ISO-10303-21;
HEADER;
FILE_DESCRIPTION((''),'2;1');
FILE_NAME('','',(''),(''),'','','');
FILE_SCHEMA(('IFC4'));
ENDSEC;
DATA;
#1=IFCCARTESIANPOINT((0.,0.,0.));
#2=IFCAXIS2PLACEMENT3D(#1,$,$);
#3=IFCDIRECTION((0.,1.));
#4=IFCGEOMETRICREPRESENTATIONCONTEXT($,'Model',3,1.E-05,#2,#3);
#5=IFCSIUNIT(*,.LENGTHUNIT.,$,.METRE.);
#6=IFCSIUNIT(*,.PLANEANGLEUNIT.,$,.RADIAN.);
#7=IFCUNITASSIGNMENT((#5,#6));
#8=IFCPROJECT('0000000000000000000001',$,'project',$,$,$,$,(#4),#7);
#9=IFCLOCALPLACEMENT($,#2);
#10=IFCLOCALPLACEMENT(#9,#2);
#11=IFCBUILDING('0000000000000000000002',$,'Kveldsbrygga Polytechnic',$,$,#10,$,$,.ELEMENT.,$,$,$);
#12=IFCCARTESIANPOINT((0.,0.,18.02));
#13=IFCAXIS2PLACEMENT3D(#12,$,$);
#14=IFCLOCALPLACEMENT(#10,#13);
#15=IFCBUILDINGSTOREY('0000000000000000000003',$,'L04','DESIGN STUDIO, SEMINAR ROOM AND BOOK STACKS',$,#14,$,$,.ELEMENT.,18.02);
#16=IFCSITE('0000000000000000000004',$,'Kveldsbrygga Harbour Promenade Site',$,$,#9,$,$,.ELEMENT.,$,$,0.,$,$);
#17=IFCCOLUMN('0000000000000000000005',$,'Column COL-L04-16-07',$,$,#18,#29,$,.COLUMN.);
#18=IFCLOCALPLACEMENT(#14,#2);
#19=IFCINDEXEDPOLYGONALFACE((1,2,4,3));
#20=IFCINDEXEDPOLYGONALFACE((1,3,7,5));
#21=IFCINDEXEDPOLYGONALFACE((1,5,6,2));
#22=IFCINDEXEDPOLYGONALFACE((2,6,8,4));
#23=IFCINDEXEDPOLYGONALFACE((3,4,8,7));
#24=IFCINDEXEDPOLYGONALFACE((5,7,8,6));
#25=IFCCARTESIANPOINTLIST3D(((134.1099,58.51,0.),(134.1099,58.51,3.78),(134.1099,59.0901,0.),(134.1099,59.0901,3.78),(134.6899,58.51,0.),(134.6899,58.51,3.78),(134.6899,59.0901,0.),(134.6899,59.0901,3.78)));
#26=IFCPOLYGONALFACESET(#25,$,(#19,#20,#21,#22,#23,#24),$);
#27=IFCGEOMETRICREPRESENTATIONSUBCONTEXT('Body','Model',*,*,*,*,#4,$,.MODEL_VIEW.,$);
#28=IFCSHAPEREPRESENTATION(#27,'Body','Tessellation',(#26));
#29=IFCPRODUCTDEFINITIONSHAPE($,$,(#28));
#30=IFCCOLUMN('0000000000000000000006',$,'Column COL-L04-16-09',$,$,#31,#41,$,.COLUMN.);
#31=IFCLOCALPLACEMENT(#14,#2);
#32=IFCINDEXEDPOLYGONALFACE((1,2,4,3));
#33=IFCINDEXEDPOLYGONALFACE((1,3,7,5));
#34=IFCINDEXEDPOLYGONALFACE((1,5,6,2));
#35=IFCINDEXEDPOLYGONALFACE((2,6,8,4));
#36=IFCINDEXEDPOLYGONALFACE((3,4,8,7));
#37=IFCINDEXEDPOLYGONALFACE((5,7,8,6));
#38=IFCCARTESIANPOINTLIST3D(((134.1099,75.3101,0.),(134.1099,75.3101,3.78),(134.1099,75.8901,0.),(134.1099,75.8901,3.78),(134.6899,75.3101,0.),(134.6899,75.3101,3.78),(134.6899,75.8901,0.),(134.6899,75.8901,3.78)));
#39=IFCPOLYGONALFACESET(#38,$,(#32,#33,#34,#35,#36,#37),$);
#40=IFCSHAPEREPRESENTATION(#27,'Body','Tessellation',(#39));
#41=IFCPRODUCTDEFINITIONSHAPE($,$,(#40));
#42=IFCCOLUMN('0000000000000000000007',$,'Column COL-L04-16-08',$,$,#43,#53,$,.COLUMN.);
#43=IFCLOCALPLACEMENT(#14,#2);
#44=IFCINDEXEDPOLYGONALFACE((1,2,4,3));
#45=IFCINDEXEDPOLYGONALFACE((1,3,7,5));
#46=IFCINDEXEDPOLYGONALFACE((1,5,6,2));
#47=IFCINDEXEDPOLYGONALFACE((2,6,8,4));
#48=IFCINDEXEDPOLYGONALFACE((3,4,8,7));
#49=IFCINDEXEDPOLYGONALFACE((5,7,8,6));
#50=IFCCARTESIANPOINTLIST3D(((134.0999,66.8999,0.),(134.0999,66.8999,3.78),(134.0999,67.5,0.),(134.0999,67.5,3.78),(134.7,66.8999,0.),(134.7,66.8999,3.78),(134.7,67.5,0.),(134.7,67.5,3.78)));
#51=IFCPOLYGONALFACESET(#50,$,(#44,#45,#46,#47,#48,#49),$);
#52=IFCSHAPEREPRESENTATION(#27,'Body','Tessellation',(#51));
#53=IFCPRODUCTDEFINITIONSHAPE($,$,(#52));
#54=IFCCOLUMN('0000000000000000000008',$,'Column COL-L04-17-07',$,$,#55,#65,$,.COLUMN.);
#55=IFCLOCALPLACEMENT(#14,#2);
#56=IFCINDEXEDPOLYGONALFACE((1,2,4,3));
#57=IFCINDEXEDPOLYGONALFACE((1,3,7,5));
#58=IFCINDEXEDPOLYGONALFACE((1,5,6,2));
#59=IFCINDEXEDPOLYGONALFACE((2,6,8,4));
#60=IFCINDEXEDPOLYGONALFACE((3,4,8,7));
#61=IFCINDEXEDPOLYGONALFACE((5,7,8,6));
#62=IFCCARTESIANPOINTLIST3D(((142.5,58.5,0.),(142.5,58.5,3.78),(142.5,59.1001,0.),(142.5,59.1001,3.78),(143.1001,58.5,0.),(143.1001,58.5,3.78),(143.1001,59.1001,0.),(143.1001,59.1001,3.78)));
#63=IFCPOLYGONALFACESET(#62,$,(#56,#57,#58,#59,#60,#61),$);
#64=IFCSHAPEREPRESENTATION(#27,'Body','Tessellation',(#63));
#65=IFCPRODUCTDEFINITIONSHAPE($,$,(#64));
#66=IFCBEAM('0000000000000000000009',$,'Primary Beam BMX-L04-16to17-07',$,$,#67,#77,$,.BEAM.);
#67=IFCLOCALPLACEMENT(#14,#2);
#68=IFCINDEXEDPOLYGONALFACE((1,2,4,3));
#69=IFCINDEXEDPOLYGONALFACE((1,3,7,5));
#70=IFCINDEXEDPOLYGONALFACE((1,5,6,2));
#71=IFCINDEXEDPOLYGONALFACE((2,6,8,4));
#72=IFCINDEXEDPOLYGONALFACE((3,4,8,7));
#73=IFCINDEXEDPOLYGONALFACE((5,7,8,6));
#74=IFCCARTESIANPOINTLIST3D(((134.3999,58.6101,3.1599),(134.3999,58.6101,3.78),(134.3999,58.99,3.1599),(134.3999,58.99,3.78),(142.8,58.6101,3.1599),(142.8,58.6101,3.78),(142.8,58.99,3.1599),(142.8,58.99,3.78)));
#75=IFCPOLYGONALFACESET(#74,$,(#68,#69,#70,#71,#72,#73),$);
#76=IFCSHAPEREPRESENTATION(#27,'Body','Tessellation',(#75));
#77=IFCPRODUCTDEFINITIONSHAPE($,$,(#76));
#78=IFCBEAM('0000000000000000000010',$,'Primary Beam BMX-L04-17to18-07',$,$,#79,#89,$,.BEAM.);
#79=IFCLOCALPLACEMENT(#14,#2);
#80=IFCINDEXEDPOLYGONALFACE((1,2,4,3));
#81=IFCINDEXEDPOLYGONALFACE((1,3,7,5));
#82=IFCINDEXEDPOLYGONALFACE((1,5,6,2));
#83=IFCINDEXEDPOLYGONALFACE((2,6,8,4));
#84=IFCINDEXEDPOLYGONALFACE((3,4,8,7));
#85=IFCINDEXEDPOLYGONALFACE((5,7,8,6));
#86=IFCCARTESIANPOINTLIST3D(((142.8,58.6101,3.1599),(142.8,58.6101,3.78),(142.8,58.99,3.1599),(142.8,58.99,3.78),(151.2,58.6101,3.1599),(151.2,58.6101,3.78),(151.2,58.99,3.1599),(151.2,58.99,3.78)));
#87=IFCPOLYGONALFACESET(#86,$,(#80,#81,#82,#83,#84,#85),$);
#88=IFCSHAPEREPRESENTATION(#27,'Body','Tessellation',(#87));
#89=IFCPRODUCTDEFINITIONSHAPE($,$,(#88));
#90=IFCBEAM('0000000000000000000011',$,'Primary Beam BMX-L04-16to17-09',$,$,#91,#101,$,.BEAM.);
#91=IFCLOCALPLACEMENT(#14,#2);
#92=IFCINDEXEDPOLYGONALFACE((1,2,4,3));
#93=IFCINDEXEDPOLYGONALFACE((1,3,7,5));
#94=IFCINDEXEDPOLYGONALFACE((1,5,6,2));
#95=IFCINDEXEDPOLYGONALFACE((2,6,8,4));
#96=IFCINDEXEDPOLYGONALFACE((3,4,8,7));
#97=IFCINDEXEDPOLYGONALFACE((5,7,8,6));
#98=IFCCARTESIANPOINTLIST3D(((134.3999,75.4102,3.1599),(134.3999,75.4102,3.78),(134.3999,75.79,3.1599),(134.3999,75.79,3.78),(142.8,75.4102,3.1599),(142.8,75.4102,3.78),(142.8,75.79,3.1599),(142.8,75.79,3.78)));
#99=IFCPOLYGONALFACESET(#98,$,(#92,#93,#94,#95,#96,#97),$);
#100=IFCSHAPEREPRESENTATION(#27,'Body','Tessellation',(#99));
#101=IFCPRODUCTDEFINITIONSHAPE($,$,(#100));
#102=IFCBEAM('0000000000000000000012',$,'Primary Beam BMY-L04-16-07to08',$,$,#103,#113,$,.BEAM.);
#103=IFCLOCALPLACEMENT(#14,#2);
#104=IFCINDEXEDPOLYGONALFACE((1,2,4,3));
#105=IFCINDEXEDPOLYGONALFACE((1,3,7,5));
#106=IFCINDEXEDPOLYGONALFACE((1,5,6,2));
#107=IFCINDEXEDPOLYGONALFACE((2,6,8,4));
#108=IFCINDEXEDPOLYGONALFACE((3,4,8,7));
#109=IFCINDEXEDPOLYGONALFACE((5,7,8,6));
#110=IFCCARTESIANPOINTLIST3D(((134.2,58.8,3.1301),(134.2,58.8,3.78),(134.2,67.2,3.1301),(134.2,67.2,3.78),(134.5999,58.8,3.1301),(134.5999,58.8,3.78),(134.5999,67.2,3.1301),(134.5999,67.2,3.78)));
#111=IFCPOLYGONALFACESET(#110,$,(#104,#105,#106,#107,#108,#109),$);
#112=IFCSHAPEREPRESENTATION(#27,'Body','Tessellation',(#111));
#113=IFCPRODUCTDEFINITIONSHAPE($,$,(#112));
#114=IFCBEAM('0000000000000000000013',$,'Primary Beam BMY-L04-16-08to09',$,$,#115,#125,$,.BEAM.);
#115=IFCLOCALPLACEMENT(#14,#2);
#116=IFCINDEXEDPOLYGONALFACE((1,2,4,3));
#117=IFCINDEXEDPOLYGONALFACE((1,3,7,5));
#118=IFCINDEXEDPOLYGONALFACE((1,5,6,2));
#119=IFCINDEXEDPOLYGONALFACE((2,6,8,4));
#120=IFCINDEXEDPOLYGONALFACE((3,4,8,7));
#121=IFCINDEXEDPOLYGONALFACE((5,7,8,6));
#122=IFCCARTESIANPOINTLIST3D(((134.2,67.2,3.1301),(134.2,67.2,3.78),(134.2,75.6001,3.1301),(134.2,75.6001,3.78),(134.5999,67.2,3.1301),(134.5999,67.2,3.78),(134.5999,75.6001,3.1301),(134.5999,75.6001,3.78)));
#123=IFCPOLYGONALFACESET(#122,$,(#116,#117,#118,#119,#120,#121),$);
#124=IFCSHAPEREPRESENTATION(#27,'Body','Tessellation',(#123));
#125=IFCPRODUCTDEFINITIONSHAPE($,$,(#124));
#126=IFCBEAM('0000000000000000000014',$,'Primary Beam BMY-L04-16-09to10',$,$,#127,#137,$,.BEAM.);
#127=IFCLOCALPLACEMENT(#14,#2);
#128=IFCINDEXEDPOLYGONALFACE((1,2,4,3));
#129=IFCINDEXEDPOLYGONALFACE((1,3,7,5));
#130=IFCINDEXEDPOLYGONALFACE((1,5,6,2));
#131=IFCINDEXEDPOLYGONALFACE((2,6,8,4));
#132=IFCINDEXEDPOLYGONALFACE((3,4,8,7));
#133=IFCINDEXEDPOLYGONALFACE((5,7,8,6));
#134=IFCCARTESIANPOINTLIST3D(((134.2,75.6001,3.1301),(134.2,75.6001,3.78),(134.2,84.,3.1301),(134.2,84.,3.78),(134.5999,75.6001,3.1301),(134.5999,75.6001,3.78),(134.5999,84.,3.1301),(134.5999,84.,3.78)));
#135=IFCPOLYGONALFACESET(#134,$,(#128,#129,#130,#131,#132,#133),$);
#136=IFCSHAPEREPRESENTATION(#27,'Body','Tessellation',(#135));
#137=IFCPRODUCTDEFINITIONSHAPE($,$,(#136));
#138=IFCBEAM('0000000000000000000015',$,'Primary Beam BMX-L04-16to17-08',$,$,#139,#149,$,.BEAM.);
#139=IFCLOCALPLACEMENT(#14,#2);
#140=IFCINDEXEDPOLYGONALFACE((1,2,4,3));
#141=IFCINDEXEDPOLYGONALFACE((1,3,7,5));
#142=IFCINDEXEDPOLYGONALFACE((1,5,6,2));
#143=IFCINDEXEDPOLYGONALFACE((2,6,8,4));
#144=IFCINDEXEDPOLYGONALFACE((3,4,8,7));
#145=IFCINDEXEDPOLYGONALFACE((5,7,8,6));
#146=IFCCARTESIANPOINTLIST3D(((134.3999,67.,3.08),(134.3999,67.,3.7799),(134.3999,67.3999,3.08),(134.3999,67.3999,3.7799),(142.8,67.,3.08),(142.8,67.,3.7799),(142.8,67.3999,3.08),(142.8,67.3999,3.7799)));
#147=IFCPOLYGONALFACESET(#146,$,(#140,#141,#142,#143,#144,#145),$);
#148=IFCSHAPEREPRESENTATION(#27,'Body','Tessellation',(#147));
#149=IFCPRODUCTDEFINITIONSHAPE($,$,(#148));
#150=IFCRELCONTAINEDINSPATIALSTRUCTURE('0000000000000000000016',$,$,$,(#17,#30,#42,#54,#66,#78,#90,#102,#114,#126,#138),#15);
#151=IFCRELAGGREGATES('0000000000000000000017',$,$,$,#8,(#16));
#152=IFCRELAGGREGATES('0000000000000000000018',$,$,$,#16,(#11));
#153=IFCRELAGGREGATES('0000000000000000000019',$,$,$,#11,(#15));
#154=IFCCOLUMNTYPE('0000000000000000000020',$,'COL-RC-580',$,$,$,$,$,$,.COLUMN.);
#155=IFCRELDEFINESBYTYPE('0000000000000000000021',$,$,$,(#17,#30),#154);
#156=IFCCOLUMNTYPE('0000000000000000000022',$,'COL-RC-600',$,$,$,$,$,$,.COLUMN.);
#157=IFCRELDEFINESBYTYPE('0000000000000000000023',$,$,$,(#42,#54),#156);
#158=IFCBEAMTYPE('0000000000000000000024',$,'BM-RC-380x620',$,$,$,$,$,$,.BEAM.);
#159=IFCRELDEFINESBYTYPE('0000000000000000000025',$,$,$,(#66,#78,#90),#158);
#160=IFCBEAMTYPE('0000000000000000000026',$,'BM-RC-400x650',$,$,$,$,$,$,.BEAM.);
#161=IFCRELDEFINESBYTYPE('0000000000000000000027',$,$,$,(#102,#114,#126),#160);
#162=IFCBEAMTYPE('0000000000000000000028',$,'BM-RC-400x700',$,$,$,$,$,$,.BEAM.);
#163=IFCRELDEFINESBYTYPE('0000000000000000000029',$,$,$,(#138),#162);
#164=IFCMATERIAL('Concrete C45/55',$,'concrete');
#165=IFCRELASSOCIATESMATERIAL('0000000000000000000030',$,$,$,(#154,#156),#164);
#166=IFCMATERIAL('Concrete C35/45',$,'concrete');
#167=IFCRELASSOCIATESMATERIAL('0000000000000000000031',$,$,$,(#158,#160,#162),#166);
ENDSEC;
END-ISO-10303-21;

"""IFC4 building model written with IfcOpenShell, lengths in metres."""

from ifc_helpers import new_model, si_unit, direction, frame, origin, origin_2d, place, context, subcontext, project, spatial, rectangle, extrude, material, material_profile, profile_set, type_object, element, save


model = new_model("IFC4")

# Units and contexts
model_context = context("Model", 3, precision=1e-05, world=origin(), true_north=direction((0.0, 1.0)))
body_context = subcontext(model_context, "Body", "Model", "MODEL_VIEW")
ifc_project = project(units=[si_unit("LENGTHUNIT", "METRE"), si_unit("PLANEANGLEUNIT", "RADIAN")], contexts=[model_context])

# Site, building, storey
site_placement = place(None, origin())
site = spatial("IfcSite", under=ifc_project, at=site_placement, Name="Kveldsbrygga Harbour Promenade Site", CompositionType="ELEMENT", RefElevation=0.0)
building_placement = place(site_placement, origin())
building = spatial("IfcBuilding", under=site, at=building_placement, Name="Kveldsbrygga Polytechnic", CompositionType="ELEMENT")
storey_placement = place(building_placement, frame((0.0, 0.0, 18.02)))
storey = spatial("IfcBuildingStorey", under=building, at=storey_placement, Name="L04", Description="DESIGN STUDIO, SEMINAR ROOM AND BOOK STACKS", CompositionType="ELEMENT", Elevation=18.02)

# Columns
ifc_material_1 = material(Name="Concrete C45/55", Category="concrete")
ifc_material_profile_1 = material_profile(ifc_material_1, rectangle(XDim=0.5801, YDim=0.5801, at=origin_2d()), Name="RC 580x580")
ifc_profile_set_1 = profile_set([ifc_material_profile_1], Name="Concrete C45/55")
column_type_1 = type_object("IfcColumnType", Name="COL-RC-580", PredefinedType="COLUMN", material=ifc_profile_set_1)
for number, where, z_axis, x_axis, name in (
    (1, (134.3999, 58.8, 0.0), (0.0, 0.0, 1.0), (1.0, 0.0, 0.0), "Column COL-L04-16-07"),
    (2, (134.3999, 75.6001, 0.0), (0.0, 0.0, 1.0), (1.0, 0.0, 0.0), "Column COL-L04-16-09"),
):
    element("IfcColumn", number, at=place(storey_placement, frame(where, z_axis=z_axis, x_axis=x_axis)), inside=storey, type_object=column_type_1, Name=name, PredefinedType="COLUMN", context=body_context, shape_type="SweptSolid", body=[
        extrude(rectangle(XDim=0.5801, YDim=0.5801, at=origin_2d()), origin(), (0.0, 0.0, 1.0), 3.78),
    ])
ifc_material_profile_2 = material_profile(ifc_material_1, rectangle(XDim=0.6001, YDim=0.6001, at=origin_2d()), Name="RC 600x600")
ifc_profile_set_2 = profile_set([ifc_material_profile_2], Name="Concrete C45/55")
column_type_2 = type_object("IfcColumnType", Name="COL-RC-600", PredefinedType="COLUMN", material=ifc_profile_set_2)
for number, where, z_axis, x_axis, name in (
    (3, (134.3999, 67.2, 0.0), (0.0, 0.0, 1.0), (1.0, 0.0, 0.0), "Column COL-L04-16-08"),
    (4, (142.8, 58.8, 0.0), (0.0, 0.0, 1.0), (1.0, 0.0, 0.0), "Column COL-L04-17-07"),
):
    element("IfcColumn", number, at=place(storey_placement, frame(where, z_axis=z_axis, x_axis=x_axis)), inside=storey, type_object=column_type_2, Name=name, PredefinedType="COLUMN", context=body_context, shape_type="SweptSolid", body=[
        extrude(rectangle(XDim=0.6001, YDim=0.6001, at=origin_2d()), origin(), (0.0, 0.0, 1.0), 3.78),
    ])

# Beams
ifc_material_2 = material(Name="Concrete C35/45", Category="concrete")
ifc_material_profile_3 = material_profile(ifc_material_2, rectangle(XDim=0.3799, YDim=0.6201, at=origin_2d()), Name="RC 380x620")
ifc_profile_set_3 = profile_set([ifc_material_profile_3], Name="Concrete C35/45")
beam_type_1 = type_object("IfcBeamType", Name="BM-RC-380x620", PredefinedType="BEAM", material=ifc_profile_set_3)
beam_1_placement = place(storey_placement, frame((134.3999, 58.8, 3.47), z_axis=(1.0, 0.0, 0.0), x_axis=(0.0, 1.0, 0.0)))
element("IfcBeam", 5, at=beam_1_placement, inside=storey, type_object=beam_type_1, Name="Primary Beam BMX-L04-16to17-07", PredefinedType="BEAM", context=body_context, shape_type="SweptSolid", body=[
    extrude(rectangle(XDim=0.3799, YDim=0.6201, at=origin_2d()), origin(), (0.0, 0.0, 1.0), 8.4001),
])
beam_2_placement = place(storey_placement, frame((142.8, 58.8, 3.47), z_axis=(1.0, 0.0, 0.0), x_axis=(0.0, 1.0, 0.0)))
element("IfcBeam", 6, at=beam_2_placement, inside=storey, type_object=beam_type_1, Name="Primary Beam BMX-L04-17to18-07", PredefinedType="BEAM", context=body_context, shape_type="SweptSolid", body=[
    extrude(rectangle(XDim=0.3799, YDim=0.6201, at=origin_2d()), origin(), (0.0, 0.0, 1.0), 8.3999),
])
beam_3_placement = place(storey_placement, frame((134.3999, 75.6001, 3.47), z_axis=(1.0, 0.0, 0.0), x_axis=(0.0, 1.0, 0.0)))
element("IfcBeam", 7, at=beam_3_placement, inside=storey, type_object=beam_type_1, Name="Primary Beam BMX-L04-16to17-09", PredefinedType="BEAM", context=body_context, shape_type="SweptSolid", body=[
    extrude(rectangle(XDim=0.3799, YDim=0.6201, at=origin_2d()), origin(), (0.0, 0.0, 1.0), 8.4001),
])
ifc_material_profile_4 = material_profile(ifc_material_2, rectangle(XDim=0.3999, YDim=0.6499, at=origin_2d()), Name="RC 400x650")
ifc_profile_set_4 = profile_set([ifc_material_profile_4], Name="Concrete C35/45")
beam_type_2 = type_object("IfcBeamType", Name="BM-RC-400x650", PredefinedType="BEAM", material=ifc_profile_set_4)
beam_4_placement = place(storey_placement, frame((134.3999, 58.8, 3.4551), z_axis=(0.0, 1.0, 0.0), x_axis=(-1.0, 0.0, 0.0)))
element("IfcBeam", 8, at=beam_4_placement, inside=storey, type_object=beam_type_2, Name="Primary Beam BMY-L04-16-07to08", PredefinedType="BEAM", context=body_context, shape_type="SweptSolid", body=[
    extrude(rectangle(XDim=0.3999, YDim=0.6499, at=origin_2d()), origin(), (0.0, 0.0, 1.0), 8.3999),
])
beam_5_placement = place(storey_placement, frame((134.3999, 67.2, 3.4551), z_axis=(0.0, 1.0, 0.0), x_axis=(-1.0, 0.0, 0.0)))
element("IfcBeam", 9, at=beam_5_placement, inside=storey, type_object=beam_type_2, Name="Primary Beam BMY-L04-16-08to09", PredefinedType="BEAM", context=body_context, shape_type="SweptSolid", body=[
    extrude(rectangle(XDim=0.3999, YDim=0.6499, at=origin_2d()), origin(), (0.0, 0.0, 1.0), 8.4001),
])
beam_6_placement = place(storey_placement, frame((134.3999, 75.6001, 3.4551), z_axis=(0.0, 1.0, 0.0), x_axis=(-1.0, 0.0, 0.0)))
element("IfcBeam", 10, at=beam_6_placement, inside=storey, type_object=beam_type_2, Name="Primary Beam BMY-L04-16-09to10", PredefinedType="BEAM", context=body_context, shape_type="SweptSolid", body=[
    extrude(rectangle(XDim=0.3999, YDim=0.6499, at=origin_2d()), origin(), (0.0, 0.0, 1.0), 8.3999),
])
ifc_material_profile_5 = material_profile(ifc_material_2, rectangle(XDim=0.3999, YDim=0.7, at=origin_2d()), Name="RC 400x700")
ifc_profile_set_5 = profile_set([ifc_material_profile_5], Name="Concrete C35/45")
beam_type_3 = type_object("IfcBeamType", Name="BM-RC-400x700", PredefinedType="BEAM", material=ifc_profile_set_5)
beam_7_placement = place(storey_placement, frame((134.3999, 67.2, 3.4299), z_axis=(1.0, 0.0, 0.0), x_axis=(0.0, 1.0, 0.0)))
element("IfcBeam", 11, at=beam_7_placement, inside=storey, type_object=beam_type_3, Name="Primary Beam BMX-L04-16to17-08", PredefinedType="BEAM", context=body_context, shape_type="SweptSolid", body=[
    extrude(rectangle(XDim=0.3999, YDim=0.7, at=origin_2d()), origin(), (0.0, 0.0, 1.0), 8.4001),
])

save(model, "model.ifc")
